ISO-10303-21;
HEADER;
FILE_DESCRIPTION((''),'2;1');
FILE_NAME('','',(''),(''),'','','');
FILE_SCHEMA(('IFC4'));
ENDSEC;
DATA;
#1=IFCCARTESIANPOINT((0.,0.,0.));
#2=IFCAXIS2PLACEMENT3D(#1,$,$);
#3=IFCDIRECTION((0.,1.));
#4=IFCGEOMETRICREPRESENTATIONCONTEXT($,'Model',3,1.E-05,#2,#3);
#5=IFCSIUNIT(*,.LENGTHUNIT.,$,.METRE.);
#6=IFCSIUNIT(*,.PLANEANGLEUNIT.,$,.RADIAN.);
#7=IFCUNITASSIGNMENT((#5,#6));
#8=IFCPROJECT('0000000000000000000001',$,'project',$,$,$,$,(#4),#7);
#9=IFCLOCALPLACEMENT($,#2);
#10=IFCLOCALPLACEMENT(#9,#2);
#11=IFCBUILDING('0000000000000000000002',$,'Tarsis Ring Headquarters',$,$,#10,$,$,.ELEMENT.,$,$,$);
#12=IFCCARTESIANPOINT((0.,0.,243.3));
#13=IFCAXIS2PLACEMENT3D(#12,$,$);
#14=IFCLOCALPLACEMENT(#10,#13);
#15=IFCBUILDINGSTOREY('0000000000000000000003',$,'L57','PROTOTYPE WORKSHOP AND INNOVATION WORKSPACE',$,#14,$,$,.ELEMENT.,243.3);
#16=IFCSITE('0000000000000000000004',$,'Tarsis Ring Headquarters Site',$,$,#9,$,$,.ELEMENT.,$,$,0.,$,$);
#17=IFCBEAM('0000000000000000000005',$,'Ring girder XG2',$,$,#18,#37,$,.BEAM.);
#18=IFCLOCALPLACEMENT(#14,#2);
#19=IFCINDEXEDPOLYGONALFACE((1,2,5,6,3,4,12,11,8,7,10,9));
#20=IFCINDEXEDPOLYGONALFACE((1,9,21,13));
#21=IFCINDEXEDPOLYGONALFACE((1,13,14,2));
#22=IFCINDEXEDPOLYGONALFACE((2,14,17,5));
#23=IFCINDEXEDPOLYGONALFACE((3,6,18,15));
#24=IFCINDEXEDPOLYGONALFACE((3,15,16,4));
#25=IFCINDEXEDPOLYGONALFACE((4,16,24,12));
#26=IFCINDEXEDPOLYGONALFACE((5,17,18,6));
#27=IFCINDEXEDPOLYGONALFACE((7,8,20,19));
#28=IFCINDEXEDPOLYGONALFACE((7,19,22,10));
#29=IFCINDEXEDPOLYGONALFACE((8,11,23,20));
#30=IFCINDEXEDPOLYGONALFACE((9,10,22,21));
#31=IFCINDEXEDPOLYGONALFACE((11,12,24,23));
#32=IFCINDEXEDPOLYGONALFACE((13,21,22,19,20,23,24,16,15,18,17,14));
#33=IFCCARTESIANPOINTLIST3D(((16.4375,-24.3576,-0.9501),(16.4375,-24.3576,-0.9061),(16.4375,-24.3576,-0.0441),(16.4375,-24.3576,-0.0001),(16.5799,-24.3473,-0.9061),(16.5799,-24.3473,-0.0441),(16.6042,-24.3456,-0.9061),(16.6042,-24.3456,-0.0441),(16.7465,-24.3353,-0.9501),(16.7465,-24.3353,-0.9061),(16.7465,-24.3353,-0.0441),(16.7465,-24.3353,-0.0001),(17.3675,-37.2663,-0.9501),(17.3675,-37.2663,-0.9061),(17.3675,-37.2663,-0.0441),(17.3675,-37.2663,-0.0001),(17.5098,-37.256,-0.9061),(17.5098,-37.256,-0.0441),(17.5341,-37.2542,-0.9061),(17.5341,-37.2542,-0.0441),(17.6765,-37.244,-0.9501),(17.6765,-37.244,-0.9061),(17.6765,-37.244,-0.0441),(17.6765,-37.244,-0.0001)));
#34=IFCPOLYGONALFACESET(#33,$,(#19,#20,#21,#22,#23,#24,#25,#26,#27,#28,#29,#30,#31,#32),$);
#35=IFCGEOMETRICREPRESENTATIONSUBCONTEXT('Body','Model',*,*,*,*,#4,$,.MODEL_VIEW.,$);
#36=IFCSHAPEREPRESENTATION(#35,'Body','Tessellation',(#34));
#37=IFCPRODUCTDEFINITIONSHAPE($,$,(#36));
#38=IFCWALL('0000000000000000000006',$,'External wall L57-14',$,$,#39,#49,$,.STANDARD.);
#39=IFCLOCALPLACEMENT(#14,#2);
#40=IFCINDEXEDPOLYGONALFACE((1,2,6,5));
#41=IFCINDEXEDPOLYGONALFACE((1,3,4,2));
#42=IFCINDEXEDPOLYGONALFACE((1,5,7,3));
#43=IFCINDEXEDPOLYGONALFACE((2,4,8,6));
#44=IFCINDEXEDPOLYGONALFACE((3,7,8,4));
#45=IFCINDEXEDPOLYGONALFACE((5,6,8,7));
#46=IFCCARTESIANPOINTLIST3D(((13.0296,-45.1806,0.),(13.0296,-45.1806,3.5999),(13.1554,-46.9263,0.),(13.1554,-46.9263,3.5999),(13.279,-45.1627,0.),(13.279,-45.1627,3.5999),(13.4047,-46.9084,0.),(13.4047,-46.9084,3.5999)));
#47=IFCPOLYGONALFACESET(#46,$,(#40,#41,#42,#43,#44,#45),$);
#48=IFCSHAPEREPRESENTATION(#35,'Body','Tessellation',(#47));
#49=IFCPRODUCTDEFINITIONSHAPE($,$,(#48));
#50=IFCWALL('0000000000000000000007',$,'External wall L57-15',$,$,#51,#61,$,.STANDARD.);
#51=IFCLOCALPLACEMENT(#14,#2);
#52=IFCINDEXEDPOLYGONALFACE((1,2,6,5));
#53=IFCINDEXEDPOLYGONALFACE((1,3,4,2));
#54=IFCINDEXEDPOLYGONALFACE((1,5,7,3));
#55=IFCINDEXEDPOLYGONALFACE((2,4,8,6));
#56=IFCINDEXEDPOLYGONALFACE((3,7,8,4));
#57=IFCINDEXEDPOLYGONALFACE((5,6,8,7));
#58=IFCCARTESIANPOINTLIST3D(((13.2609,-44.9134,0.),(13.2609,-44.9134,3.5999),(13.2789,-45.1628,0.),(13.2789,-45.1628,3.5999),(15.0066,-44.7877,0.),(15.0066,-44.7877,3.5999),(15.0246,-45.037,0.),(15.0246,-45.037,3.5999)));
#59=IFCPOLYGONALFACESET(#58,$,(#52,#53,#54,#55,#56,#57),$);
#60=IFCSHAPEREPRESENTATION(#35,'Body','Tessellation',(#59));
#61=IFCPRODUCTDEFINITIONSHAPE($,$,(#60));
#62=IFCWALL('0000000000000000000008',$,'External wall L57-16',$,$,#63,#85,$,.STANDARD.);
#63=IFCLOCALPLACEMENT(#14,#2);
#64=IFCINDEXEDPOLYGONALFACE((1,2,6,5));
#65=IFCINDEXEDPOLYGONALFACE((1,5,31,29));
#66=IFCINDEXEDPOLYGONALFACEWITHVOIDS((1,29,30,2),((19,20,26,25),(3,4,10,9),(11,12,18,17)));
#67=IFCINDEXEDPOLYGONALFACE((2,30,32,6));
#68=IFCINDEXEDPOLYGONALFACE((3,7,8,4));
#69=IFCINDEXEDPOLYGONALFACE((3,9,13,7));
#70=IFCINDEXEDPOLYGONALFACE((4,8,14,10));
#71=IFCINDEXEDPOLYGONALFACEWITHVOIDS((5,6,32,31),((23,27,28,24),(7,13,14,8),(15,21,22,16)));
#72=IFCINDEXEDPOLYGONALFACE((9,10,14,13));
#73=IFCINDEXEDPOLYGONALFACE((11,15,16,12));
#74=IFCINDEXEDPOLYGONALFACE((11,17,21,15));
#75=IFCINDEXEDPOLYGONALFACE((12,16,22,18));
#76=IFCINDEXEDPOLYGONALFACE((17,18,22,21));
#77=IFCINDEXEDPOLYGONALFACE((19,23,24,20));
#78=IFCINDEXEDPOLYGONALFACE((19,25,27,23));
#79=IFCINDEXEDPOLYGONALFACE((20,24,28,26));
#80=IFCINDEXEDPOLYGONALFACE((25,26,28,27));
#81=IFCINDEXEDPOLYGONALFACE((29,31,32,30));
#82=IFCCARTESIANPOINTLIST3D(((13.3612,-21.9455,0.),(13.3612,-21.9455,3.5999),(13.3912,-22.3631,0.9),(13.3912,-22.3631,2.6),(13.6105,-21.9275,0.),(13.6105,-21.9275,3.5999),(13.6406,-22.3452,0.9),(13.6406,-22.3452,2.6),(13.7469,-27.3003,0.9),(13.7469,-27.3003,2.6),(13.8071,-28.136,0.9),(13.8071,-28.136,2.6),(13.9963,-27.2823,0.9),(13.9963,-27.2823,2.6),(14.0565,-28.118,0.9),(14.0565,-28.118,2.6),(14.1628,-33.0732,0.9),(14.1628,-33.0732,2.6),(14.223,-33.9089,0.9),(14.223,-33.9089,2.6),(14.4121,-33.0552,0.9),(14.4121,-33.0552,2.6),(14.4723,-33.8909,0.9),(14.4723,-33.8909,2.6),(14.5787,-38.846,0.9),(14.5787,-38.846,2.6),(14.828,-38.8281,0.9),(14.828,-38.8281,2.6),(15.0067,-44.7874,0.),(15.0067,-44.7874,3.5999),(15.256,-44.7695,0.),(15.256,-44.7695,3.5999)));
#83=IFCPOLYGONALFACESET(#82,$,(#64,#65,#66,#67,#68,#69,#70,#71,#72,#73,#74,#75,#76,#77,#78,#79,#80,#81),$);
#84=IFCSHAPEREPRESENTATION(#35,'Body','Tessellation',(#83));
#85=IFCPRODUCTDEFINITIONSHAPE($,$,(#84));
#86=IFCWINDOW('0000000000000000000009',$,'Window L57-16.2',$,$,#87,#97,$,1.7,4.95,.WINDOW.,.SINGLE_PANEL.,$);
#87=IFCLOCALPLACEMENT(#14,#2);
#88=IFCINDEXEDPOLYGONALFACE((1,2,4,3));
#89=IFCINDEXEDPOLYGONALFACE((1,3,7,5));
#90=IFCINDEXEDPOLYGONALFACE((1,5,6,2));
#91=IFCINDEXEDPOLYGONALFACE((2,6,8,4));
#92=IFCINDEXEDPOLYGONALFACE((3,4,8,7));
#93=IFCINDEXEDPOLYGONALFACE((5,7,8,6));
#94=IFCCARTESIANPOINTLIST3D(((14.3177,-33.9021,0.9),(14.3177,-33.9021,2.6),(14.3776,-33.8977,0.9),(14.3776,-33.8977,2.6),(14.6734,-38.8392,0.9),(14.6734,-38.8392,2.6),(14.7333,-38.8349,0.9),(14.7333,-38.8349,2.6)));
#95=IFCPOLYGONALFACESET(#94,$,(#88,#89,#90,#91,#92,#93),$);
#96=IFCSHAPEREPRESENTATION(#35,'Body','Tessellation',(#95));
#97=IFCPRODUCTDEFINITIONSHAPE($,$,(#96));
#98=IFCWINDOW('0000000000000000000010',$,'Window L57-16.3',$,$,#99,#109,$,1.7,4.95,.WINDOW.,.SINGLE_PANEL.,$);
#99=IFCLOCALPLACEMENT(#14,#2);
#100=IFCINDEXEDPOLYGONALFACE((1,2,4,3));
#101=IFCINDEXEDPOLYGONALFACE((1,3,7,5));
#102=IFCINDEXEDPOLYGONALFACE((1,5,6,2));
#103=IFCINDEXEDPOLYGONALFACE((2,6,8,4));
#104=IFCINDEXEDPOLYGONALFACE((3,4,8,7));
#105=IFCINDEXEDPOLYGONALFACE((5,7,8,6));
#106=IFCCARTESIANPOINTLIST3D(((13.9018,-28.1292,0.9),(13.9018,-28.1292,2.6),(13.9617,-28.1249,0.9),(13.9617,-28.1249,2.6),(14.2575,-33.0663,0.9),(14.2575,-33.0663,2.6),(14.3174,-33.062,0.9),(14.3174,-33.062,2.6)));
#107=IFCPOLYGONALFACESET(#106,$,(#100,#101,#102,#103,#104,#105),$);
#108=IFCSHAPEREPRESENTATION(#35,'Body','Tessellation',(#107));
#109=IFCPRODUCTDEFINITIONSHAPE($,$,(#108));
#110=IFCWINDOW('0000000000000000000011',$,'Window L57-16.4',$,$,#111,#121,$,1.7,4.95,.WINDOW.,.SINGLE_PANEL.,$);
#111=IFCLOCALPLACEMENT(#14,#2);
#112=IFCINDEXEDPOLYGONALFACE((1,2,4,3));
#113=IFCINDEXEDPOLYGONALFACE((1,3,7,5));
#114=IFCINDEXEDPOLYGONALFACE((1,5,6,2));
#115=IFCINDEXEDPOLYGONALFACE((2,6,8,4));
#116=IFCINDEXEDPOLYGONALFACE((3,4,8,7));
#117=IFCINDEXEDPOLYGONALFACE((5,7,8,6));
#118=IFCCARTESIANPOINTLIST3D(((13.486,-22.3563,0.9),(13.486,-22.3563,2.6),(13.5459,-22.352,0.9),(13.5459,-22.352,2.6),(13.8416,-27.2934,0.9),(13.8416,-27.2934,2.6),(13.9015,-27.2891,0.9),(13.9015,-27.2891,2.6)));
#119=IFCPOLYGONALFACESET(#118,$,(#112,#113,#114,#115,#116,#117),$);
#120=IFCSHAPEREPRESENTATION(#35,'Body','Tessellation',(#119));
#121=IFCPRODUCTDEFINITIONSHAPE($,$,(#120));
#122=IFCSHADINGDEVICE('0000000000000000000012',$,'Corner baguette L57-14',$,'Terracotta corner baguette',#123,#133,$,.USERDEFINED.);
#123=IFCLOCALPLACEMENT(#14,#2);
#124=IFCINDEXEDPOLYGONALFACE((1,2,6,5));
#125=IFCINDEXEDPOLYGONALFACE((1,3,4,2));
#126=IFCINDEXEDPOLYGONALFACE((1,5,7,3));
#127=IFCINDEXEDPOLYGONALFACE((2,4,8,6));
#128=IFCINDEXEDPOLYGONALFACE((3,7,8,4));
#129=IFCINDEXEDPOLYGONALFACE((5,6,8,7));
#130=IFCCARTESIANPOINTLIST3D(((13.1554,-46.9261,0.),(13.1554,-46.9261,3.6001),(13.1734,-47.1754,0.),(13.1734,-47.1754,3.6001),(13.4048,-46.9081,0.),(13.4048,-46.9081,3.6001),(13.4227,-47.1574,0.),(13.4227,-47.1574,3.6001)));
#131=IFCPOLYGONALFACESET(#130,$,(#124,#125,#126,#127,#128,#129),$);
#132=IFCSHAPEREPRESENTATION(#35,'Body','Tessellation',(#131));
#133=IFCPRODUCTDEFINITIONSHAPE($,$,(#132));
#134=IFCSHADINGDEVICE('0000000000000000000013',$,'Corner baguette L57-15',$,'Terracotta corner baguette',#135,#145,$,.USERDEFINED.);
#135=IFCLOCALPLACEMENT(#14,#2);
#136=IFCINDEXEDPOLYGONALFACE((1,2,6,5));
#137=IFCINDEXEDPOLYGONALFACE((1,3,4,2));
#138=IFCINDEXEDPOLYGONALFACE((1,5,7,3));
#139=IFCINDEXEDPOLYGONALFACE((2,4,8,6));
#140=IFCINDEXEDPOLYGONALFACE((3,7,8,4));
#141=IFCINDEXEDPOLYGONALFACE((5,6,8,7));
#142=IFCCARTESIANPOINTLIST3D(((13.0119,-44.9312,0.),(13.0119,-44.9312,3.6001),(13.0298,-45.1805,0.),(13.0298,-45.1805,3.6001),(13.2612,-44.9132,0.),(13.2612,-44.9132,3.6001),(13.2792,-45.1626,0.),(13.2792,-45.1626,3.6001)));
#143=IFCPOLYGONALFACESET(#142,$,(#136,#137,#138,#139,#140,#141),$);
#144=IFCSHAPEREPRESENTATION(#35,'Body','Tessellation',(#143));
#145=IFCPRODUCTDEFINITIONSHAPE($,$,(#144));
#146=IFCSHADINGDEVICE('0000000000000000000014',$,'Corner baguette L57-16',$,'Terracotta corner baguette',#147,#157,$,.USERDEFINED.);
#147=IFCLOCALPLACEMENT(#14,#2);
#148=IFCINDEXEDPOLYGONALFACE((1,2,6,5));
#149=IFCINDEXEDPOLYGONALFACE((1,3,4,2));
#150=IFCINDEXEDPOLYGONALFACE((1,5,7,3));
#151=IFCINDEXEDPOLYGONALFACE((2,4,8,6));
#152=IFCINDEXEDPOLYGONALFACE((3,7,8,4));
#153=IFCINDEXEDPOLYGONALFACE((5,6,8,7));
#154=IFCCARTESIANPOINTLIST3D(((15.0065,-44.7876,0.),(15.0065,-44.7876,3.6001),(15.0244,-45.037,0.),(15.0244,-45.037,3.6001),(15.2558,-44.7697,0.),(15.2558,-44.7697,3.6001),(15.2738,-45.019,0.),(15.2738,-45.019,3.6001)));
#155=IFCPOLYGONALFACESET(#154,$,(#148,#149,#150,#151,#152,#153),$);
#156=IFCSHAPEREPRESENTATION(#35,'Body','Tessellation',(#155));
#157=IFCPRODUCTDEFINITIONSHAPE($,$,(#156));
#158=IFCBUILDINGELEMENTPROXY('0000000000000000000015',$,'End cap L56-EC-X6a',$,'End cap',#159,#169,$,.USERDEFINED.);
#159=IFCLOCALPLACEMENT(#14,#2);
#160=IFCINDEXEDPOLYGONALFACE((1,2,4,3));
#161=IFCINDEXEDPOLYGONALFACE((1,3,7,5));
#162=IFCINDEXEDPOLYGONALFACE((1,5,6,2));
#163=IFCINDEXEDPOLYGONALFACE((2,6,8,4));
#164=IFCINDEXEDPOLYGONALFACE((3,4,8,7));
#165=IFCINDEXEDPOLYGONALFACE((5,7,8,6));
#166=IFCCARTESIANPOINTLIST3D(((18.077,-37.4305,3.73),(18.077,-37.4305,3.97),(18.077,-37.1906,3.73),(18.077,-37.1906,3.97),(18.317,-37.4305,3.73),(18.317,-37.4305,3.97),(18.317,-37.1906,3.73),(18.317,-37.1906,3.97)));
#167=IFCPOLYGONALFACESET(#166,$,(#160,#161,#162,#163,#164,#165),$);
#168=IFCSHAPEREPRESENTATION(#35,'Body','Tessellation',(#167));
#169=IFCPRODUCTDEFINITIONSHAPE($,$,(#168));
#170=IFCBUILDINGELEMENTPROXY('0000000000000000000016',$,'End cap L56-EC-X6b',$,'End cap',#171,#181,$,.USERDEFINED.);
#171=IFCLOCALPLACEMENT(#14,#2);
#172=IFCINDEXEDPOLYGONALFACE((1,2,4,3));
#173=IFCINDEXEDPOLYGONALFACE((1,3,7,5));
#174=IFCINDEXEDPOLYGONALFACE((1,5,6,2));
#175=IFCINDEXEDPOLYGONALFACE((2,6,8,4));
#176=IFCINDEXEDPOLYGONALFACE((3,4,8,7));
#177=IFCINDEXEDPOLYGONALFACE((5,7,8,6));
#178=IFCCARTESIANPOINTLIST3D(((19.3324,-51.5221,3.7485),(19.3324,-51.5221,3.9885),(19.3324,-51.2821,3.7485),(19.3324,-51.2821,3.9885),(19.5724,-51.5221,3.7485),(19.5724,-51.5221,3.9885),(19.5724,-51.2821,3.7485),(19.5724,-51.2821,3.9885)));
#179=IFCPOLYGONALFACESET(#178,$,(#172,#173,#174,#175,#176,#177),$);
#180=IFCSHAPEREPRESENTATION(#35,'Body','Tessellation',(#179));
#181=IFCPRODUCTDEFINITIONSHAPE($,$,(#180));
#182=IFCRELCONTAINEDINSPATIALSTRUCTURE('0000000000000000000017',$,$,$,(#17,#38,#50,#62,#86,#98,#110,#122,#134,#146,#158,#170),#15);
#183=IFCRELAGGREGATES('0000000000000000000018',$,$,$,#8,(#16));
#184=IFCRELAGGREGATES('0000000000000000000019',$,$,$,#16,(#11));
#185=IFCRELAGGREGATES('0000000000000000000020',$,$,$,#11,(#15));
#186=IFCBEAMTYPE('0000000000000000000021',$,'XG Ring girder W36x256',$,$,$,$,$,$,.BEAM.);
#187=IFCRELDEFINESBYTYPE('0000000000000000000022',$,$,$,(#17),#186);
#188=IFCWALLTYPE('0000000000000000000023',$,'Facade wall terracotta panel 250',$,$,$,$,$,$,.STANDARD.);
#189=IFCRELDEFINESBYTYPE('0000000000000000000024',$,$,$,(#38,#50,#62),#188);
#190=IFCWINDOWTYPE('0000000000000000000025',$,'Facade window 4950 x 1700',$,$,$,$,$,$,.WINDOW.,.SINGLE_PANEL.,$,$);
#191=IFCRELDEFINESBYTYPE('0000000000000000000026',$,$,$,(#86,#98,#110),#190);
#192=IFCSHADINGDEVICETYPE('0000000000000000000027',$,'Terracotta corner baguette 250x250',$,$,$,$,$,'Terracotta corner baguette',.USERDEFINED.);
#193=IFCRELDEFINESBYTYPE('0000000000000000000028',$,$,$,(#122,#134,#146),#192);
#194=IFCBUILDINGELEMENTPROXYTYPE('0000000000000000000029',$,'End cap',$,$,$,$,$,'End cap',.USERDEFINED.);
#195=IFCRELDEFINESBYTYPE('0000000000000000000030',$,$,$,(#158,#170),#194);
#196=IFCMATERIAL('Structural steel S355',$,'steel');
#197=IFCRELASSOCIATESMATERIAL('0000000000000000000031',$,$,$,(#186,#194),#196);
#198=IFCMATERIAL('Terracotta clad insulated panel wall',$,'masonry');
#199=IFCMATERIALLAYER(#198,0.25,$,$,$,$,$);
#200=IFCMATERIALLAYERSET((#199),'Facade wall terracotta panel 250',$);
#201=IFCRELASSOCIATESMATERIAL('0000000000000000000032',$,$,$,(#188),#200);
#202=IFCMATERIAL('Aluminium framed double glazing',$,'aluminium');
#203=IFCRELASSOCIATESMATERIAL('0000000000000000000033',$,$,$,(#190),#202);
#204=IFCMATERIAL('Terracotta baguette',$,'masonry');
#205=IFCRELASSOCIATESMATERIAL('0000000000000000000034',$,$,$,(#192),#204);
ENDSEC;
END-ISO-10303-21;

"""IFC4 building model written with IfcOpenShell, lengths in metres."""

from ifc_helpers import new_model, si_unit, direction, frame, frame_2d, origin, origin_2d, place, context, subcontext, project, spatial, rectangle, i_section, extrude, material, layer, layer_set, material_profile, profile_set, type_object, element, fill, save


model = new_model("IFC4")

# Units and contexts
model_context = context("Model", 3, precision=1e-05, world=origin(), true_north=direction((0.0, 1.0)))
body_context = subcontext(model_context, "Body", "Model", "MODEL_VIEW")
ifc_project = project(units=[si_unit("LENGTHUNIT", "METRE"), si_unit("PLANEANGLEUNIT", "RADIAN")], contexts=[model_context])

# Site, building, storey
site_placement = place(None, origin())
site = spatial("IfcSite", under=ifc_project, at=site_placement, Name="Tarsis Ring Headquarters Site", CompositionType="ELEMENT", RefElevation=0.0)
building_placement = place(site_placement, origin())
building = spatial("IfcBuilding", under=site, at=building_placement, Name="Tarsis Ring Headquarters", CompositionType="ELEMENT")
storey_placement = place(building_placement, frame((0.0, 0.0, 243.3)))
storey = spatial("IfcBuildingStorey", under=building, at=storey_placement, Name="L57", Description="PROTOTYPE WORKSHOP AND INNOVATION WORKSPACE", CompositionType="ELEMENT", Elevation=243.3)

# Shared definitions
ifc_material_1 = material(Name="Structural steel S355", Category="steel")

# Beam
ifc_material_profile_1 = material_profile(ifc_material_1, i_section(OverallWidth=0.3098, OverallDepth=0.95, WebThickness=0.0244, FlangeThickness=0.0439, at=origin_2d()), Name="W36x256")
ifc_profile_set_1 = profile_set([ifc_material_profile_1], Name="Structural steel S355")
beam_type = type_object("IfcBeamType", Name="XG Ring girder W36x256", PredefinedType="BEAM", material=ifc_profile_set_1)
for number, where, z_axis, x_axis, name in (
    (1, (17.522, -37.2551, -0.4751), (-0.071853, 0.997415, 0.0), (-0.997415, -0.071853, 0.0), "Ring girder XG2"),
):
    element("IfcBeam", number, at=place(storey_placement, frame(where, z_axis=z_axis, x_axis=x_axis)), inside=storey, type_object=beam_type, Name=name, PredefinedType="BEAM", context=body_context, shape_type="SweptSolid", body=[
        extrude(i_section(OverallWidth=0.3098, OverallDepth=0.95, WebThickness=0.0244, FlangeThickness=0.0439, at=origin_2d()), origin(), (0.0, 0.0, 1.0), 12.9421),
    ])

# Walls
ifc_material_2 = material(Name="Terracotta clad insulated panel wall", Category="masonry")
ifc_layer = layer(ifc_material_2, 0.25)
ifc_layer_set = layer_set([ifc_layer], Name="Facade wall terracotta panel 250")
wall_type = type_object("IfcWallType", Name="Facade wall terracotta panel 250", PredefinedType="STANDARD", material=ifc_layer_set)
for number, where, z_axis, x_axis, name in (
    (2, (13.28, -46.9172, 0.0), (0.0, 0.0, 1.0), (-0.071842, 0.997416, 0.0), "External wall L57-14"),
    (3, (13.27, -45.0381, 0.0), (0.0, 0.0, 1.0), (0.997416, 0.071842, 0.0), "External wall L57-15"),
):
    element("IfcWall", number, at=place(storey_placement, frame(where, z_axis=z_axis, x_axis=x_axis)), inside=storey, type_object=wall_type, Name=name, PredefinedType="STANDARD", context=body_context, shape_type="SweptSolid", body=[
        extrude(rectangle(XDim=1.7502, YDim=0.25, at=frame_2d((0.875, 0.0))), origin(), (0.0, 0.0, 1.0), 3.5999),
    ])

# Wall, openings, windows
wall_placement = place(storey_placement, frame((15.1313, -44.7786, 0.0), z_axis=(0.0, 0.0, 1.0), x_axis=(-0.071852, 0.997415, 0.0)))
wall = element("IfcWall", 4, at=wall_placement, inside=storey, type_object=wall_type, Name="External wall L57-16", PredefinedType="STANDARD", context=body_context, shape_type="SweptSolid", body=[
    extrude(rectangle(XDim=22.9011, YDim=0.25, at=frame_2d((11.4507, 0.0))), origin(), (0.0, 0.0, 1.0), 3.5999),
])
opening_1_placement = place(wall_placement, frame((5.9568, 0.0, 0.8999)))
opening_1 = element("IfcOpeningElement", 5, at=opening_1_placement, cuts=wall, PredefinedType="OPENING", context=body_context, shape_type="SweptSolid", body=[
    extrude(rectangle(XDim=4.95, YDim=1.7, at=frame_2d((2.4751, 0.8501))), frame((0.0, 0.135, 0.0), z_axis=(0.0, -1.0, 0.0), x_axis=(1.0, 0.0, 0.0)), (0.0, 0.0, 1.0), 0.27),
])
opening_2_placement = place(wall_placement, frame((11.7446, 0.0, 0.8999)))
opening_2 = element("IfcOpeningElement", 6, at=opening_2_placement, cuts=wall, PredefinedType="OPENING", context=body_context, shape_type="SweptSolid", body=[
    extrude(rectangle(XDim=4.95, YDim=1.7, at=frame_2d((2.4751, 0.8501))), frame((0.0, 0.135, 0.0), z_axis=(0.0, -1.0, 0.0), x_axis=(1.0, 0.0, 0.0)), (0.0, 0.0, 1.0), 0.27),
])
opening_3_placement = place(wall_placement, frame((17.5325, 0.0, 0.8999)))
opening_3 = element("IfcOpeningElement", 7, at=opening_3_placement, cuts=wall, PredefinedType="OPENING", context=body_context, shape_type="SweptSolid", body=[
    extrude(rectangle(XDim=4.95, YDim=1.7, at=frame_2d((2.4751, 0.8501))), frame((0.0, 0.135, 0.0), z_axis=(0.0, -1.0, 0.0), x_axis=(1.0, 0.0, 0.0)), (0.0, 0.0, 1.0), 0.27),
])
ifc_material_3 = material(Name="Aluminium framed double glazing", Category="aluminium")
window_type = type_object("IfcWindowType", Name="Facade window 4950 x 1700", PartitioningType="SINGLE_PANEL", PredefinedType="WINDOW", material=ifc_material_3)
window_1_placement = place(opening_1_placement, origin())
window_1 = element("IfcWindow", 8, at=window_1_placement, inside=storey, type_object=window_type, Name="Window L57-16.2", OverallHeight=1.7, OverallWidth=4.95, PartitioningType="SINGLE_PANEL", PredefinedType="WINDOW", context=body_context, shape_type="SweptSolid", body=[
    extrude(rectangle(XDim=4.95, YDim=1.7, at=frame_2d((2.4751, 0.8501))), frame((0.0, 0.03, 0.0), z_axis=(0.0, -1.0, 0.0), x_axis=(1.0, 0.0, 0.0)), (0.0, 0.0, 1.0), 0.0601),
])
fill(opening_1, window_1)
window_2_placement = place(opening_2_placement, origin())
window_2 = element("IfcWindow", 9, at=window_2_placement, inside=storey, type_object=window_type, Name="Window L57-16.3", OverallHeight=1.7, OverallWidth=4.95, PartitioningType="SINGLE_PANEL", PredefinedType="WINDOW", context=body_context, shape_type="SweptSolid", body=[
    extrude(rectangle(XDim=4.95, YDim=1.7, at=frame_2d((2.4751, 0.8501))), frame((0.0, 0.03, 0.0), z_axis=(0.0, -1.0, 0.0), x_axis=(1.0, 0.0, 0.0)), (0.0, 0.0, 1.0), 0.0601),
])
fill(opening_2, window_2)
window_3_placement = place(opening_3_placement, origin())
window_3 = element("IfcWindow", 10, at=window_3_placement, inside=storey, type_object=window_type, Name="Window L57-16.4", OverallHeight=1.7, OverallWidth=4.95, PartitioningType="SINGLE_PANEL", PredefinedType="WINDOW", context=body_context, shape_type="SweptSolid", body=[
    extrude(rectangle(XDim=4.95, YDim=1.7, at=frame_2d((2.4751, 0.8501))), frame((0.0, 0.03, 0.0), z_axis=(0.0, -1.0, 0.0), x_axis=(1.0, 0.0, 0.0)), (0.0, 0.0, 1.0), 0.0601),
])
fill(opening_3, window_3)

# Shading devices
ifc_material_4 = material(Name="Terracotta baguette", Category="masonry")
shading_device_type = type_object("IfcShadingDeviceType", Name="Terracotta corner baguette 250x250", ElementType="Terracotta corner baguette", PredefinedType="USERDEFINED", material=ifc_material_4)
for number, where, z_axis, x_axis, name in (
    (11, (13.2891, -47.0417, 0.0), (0.0, 0.0, 1.0), (0.997416, 0.071846, 0.0), "Corner baguette L57-14"),
    (12, (13.1455, -45.0469, 0.0), (0.0, 0.0, 1.0), (-0.071846, 0.997416, 0.0), "Corner baguette L57-15"),
    (13, (15.1401, -44.9033, 0.0), (0.0, 0.0, 1.0), (0.997416, 0.071846, 0.0), "Corner baguette L57-16"),
):
    element("IfcShadingDevice", number, at=place(storey_placement, frame(where, z_axis=z_axis, x_axis=x_axis)), inside=storey, type_object=shading_device_type, Name=name, ObjectType="Terracotta corner baguette", PredefinedType="USERDEFINED", context=body_context, shape_type="SweptSolid", body=[
        extrude(rectangle(XDim=0.25, YDim=0.25, at=origin_2d()), origin(), (0.0, 0.0, 1.0), 3.6001),
    ])

# Building element proxies
building_element_proxy_type = type_object("IfcBuildingElementProxyType", Name="End cap", ElementType="End cap", PredefinedType="USERDEFINED", material=ifc_material_1)
for number, where, z_axis, x_axis, name in (
    (14, (18.197, -37.3105, 3.73), (0.0, 0.0, 1.0), (1.0, 0.0, 0.0), "End cap L56-EC-X6a"),
    (15, (19.4524, -51.4021, 3.7485), (0.0, 0.0, 1.0), (1.0, 0.0, 0.0), "End cap L56-EC-X6b"),
):
    element("IfcBuildingElementProxy", number, at=place(storey_placement, frame(where, z_axis=z_axis, x_axis=x_axis)), inside=storey, type_object=building_element_proxy_type, Name=name, ObjectType="End cap", PredefinedType="USERDEFINED", context=body_context, shape_type="SweptSolid", body=[
        extrude(rectangle(XDim=0.24, YDim=0.24, at=origin_2d()), origin(), (0.0, 0.0, 1.0), 0.24),
    ])

save(model, "model.ifc")
